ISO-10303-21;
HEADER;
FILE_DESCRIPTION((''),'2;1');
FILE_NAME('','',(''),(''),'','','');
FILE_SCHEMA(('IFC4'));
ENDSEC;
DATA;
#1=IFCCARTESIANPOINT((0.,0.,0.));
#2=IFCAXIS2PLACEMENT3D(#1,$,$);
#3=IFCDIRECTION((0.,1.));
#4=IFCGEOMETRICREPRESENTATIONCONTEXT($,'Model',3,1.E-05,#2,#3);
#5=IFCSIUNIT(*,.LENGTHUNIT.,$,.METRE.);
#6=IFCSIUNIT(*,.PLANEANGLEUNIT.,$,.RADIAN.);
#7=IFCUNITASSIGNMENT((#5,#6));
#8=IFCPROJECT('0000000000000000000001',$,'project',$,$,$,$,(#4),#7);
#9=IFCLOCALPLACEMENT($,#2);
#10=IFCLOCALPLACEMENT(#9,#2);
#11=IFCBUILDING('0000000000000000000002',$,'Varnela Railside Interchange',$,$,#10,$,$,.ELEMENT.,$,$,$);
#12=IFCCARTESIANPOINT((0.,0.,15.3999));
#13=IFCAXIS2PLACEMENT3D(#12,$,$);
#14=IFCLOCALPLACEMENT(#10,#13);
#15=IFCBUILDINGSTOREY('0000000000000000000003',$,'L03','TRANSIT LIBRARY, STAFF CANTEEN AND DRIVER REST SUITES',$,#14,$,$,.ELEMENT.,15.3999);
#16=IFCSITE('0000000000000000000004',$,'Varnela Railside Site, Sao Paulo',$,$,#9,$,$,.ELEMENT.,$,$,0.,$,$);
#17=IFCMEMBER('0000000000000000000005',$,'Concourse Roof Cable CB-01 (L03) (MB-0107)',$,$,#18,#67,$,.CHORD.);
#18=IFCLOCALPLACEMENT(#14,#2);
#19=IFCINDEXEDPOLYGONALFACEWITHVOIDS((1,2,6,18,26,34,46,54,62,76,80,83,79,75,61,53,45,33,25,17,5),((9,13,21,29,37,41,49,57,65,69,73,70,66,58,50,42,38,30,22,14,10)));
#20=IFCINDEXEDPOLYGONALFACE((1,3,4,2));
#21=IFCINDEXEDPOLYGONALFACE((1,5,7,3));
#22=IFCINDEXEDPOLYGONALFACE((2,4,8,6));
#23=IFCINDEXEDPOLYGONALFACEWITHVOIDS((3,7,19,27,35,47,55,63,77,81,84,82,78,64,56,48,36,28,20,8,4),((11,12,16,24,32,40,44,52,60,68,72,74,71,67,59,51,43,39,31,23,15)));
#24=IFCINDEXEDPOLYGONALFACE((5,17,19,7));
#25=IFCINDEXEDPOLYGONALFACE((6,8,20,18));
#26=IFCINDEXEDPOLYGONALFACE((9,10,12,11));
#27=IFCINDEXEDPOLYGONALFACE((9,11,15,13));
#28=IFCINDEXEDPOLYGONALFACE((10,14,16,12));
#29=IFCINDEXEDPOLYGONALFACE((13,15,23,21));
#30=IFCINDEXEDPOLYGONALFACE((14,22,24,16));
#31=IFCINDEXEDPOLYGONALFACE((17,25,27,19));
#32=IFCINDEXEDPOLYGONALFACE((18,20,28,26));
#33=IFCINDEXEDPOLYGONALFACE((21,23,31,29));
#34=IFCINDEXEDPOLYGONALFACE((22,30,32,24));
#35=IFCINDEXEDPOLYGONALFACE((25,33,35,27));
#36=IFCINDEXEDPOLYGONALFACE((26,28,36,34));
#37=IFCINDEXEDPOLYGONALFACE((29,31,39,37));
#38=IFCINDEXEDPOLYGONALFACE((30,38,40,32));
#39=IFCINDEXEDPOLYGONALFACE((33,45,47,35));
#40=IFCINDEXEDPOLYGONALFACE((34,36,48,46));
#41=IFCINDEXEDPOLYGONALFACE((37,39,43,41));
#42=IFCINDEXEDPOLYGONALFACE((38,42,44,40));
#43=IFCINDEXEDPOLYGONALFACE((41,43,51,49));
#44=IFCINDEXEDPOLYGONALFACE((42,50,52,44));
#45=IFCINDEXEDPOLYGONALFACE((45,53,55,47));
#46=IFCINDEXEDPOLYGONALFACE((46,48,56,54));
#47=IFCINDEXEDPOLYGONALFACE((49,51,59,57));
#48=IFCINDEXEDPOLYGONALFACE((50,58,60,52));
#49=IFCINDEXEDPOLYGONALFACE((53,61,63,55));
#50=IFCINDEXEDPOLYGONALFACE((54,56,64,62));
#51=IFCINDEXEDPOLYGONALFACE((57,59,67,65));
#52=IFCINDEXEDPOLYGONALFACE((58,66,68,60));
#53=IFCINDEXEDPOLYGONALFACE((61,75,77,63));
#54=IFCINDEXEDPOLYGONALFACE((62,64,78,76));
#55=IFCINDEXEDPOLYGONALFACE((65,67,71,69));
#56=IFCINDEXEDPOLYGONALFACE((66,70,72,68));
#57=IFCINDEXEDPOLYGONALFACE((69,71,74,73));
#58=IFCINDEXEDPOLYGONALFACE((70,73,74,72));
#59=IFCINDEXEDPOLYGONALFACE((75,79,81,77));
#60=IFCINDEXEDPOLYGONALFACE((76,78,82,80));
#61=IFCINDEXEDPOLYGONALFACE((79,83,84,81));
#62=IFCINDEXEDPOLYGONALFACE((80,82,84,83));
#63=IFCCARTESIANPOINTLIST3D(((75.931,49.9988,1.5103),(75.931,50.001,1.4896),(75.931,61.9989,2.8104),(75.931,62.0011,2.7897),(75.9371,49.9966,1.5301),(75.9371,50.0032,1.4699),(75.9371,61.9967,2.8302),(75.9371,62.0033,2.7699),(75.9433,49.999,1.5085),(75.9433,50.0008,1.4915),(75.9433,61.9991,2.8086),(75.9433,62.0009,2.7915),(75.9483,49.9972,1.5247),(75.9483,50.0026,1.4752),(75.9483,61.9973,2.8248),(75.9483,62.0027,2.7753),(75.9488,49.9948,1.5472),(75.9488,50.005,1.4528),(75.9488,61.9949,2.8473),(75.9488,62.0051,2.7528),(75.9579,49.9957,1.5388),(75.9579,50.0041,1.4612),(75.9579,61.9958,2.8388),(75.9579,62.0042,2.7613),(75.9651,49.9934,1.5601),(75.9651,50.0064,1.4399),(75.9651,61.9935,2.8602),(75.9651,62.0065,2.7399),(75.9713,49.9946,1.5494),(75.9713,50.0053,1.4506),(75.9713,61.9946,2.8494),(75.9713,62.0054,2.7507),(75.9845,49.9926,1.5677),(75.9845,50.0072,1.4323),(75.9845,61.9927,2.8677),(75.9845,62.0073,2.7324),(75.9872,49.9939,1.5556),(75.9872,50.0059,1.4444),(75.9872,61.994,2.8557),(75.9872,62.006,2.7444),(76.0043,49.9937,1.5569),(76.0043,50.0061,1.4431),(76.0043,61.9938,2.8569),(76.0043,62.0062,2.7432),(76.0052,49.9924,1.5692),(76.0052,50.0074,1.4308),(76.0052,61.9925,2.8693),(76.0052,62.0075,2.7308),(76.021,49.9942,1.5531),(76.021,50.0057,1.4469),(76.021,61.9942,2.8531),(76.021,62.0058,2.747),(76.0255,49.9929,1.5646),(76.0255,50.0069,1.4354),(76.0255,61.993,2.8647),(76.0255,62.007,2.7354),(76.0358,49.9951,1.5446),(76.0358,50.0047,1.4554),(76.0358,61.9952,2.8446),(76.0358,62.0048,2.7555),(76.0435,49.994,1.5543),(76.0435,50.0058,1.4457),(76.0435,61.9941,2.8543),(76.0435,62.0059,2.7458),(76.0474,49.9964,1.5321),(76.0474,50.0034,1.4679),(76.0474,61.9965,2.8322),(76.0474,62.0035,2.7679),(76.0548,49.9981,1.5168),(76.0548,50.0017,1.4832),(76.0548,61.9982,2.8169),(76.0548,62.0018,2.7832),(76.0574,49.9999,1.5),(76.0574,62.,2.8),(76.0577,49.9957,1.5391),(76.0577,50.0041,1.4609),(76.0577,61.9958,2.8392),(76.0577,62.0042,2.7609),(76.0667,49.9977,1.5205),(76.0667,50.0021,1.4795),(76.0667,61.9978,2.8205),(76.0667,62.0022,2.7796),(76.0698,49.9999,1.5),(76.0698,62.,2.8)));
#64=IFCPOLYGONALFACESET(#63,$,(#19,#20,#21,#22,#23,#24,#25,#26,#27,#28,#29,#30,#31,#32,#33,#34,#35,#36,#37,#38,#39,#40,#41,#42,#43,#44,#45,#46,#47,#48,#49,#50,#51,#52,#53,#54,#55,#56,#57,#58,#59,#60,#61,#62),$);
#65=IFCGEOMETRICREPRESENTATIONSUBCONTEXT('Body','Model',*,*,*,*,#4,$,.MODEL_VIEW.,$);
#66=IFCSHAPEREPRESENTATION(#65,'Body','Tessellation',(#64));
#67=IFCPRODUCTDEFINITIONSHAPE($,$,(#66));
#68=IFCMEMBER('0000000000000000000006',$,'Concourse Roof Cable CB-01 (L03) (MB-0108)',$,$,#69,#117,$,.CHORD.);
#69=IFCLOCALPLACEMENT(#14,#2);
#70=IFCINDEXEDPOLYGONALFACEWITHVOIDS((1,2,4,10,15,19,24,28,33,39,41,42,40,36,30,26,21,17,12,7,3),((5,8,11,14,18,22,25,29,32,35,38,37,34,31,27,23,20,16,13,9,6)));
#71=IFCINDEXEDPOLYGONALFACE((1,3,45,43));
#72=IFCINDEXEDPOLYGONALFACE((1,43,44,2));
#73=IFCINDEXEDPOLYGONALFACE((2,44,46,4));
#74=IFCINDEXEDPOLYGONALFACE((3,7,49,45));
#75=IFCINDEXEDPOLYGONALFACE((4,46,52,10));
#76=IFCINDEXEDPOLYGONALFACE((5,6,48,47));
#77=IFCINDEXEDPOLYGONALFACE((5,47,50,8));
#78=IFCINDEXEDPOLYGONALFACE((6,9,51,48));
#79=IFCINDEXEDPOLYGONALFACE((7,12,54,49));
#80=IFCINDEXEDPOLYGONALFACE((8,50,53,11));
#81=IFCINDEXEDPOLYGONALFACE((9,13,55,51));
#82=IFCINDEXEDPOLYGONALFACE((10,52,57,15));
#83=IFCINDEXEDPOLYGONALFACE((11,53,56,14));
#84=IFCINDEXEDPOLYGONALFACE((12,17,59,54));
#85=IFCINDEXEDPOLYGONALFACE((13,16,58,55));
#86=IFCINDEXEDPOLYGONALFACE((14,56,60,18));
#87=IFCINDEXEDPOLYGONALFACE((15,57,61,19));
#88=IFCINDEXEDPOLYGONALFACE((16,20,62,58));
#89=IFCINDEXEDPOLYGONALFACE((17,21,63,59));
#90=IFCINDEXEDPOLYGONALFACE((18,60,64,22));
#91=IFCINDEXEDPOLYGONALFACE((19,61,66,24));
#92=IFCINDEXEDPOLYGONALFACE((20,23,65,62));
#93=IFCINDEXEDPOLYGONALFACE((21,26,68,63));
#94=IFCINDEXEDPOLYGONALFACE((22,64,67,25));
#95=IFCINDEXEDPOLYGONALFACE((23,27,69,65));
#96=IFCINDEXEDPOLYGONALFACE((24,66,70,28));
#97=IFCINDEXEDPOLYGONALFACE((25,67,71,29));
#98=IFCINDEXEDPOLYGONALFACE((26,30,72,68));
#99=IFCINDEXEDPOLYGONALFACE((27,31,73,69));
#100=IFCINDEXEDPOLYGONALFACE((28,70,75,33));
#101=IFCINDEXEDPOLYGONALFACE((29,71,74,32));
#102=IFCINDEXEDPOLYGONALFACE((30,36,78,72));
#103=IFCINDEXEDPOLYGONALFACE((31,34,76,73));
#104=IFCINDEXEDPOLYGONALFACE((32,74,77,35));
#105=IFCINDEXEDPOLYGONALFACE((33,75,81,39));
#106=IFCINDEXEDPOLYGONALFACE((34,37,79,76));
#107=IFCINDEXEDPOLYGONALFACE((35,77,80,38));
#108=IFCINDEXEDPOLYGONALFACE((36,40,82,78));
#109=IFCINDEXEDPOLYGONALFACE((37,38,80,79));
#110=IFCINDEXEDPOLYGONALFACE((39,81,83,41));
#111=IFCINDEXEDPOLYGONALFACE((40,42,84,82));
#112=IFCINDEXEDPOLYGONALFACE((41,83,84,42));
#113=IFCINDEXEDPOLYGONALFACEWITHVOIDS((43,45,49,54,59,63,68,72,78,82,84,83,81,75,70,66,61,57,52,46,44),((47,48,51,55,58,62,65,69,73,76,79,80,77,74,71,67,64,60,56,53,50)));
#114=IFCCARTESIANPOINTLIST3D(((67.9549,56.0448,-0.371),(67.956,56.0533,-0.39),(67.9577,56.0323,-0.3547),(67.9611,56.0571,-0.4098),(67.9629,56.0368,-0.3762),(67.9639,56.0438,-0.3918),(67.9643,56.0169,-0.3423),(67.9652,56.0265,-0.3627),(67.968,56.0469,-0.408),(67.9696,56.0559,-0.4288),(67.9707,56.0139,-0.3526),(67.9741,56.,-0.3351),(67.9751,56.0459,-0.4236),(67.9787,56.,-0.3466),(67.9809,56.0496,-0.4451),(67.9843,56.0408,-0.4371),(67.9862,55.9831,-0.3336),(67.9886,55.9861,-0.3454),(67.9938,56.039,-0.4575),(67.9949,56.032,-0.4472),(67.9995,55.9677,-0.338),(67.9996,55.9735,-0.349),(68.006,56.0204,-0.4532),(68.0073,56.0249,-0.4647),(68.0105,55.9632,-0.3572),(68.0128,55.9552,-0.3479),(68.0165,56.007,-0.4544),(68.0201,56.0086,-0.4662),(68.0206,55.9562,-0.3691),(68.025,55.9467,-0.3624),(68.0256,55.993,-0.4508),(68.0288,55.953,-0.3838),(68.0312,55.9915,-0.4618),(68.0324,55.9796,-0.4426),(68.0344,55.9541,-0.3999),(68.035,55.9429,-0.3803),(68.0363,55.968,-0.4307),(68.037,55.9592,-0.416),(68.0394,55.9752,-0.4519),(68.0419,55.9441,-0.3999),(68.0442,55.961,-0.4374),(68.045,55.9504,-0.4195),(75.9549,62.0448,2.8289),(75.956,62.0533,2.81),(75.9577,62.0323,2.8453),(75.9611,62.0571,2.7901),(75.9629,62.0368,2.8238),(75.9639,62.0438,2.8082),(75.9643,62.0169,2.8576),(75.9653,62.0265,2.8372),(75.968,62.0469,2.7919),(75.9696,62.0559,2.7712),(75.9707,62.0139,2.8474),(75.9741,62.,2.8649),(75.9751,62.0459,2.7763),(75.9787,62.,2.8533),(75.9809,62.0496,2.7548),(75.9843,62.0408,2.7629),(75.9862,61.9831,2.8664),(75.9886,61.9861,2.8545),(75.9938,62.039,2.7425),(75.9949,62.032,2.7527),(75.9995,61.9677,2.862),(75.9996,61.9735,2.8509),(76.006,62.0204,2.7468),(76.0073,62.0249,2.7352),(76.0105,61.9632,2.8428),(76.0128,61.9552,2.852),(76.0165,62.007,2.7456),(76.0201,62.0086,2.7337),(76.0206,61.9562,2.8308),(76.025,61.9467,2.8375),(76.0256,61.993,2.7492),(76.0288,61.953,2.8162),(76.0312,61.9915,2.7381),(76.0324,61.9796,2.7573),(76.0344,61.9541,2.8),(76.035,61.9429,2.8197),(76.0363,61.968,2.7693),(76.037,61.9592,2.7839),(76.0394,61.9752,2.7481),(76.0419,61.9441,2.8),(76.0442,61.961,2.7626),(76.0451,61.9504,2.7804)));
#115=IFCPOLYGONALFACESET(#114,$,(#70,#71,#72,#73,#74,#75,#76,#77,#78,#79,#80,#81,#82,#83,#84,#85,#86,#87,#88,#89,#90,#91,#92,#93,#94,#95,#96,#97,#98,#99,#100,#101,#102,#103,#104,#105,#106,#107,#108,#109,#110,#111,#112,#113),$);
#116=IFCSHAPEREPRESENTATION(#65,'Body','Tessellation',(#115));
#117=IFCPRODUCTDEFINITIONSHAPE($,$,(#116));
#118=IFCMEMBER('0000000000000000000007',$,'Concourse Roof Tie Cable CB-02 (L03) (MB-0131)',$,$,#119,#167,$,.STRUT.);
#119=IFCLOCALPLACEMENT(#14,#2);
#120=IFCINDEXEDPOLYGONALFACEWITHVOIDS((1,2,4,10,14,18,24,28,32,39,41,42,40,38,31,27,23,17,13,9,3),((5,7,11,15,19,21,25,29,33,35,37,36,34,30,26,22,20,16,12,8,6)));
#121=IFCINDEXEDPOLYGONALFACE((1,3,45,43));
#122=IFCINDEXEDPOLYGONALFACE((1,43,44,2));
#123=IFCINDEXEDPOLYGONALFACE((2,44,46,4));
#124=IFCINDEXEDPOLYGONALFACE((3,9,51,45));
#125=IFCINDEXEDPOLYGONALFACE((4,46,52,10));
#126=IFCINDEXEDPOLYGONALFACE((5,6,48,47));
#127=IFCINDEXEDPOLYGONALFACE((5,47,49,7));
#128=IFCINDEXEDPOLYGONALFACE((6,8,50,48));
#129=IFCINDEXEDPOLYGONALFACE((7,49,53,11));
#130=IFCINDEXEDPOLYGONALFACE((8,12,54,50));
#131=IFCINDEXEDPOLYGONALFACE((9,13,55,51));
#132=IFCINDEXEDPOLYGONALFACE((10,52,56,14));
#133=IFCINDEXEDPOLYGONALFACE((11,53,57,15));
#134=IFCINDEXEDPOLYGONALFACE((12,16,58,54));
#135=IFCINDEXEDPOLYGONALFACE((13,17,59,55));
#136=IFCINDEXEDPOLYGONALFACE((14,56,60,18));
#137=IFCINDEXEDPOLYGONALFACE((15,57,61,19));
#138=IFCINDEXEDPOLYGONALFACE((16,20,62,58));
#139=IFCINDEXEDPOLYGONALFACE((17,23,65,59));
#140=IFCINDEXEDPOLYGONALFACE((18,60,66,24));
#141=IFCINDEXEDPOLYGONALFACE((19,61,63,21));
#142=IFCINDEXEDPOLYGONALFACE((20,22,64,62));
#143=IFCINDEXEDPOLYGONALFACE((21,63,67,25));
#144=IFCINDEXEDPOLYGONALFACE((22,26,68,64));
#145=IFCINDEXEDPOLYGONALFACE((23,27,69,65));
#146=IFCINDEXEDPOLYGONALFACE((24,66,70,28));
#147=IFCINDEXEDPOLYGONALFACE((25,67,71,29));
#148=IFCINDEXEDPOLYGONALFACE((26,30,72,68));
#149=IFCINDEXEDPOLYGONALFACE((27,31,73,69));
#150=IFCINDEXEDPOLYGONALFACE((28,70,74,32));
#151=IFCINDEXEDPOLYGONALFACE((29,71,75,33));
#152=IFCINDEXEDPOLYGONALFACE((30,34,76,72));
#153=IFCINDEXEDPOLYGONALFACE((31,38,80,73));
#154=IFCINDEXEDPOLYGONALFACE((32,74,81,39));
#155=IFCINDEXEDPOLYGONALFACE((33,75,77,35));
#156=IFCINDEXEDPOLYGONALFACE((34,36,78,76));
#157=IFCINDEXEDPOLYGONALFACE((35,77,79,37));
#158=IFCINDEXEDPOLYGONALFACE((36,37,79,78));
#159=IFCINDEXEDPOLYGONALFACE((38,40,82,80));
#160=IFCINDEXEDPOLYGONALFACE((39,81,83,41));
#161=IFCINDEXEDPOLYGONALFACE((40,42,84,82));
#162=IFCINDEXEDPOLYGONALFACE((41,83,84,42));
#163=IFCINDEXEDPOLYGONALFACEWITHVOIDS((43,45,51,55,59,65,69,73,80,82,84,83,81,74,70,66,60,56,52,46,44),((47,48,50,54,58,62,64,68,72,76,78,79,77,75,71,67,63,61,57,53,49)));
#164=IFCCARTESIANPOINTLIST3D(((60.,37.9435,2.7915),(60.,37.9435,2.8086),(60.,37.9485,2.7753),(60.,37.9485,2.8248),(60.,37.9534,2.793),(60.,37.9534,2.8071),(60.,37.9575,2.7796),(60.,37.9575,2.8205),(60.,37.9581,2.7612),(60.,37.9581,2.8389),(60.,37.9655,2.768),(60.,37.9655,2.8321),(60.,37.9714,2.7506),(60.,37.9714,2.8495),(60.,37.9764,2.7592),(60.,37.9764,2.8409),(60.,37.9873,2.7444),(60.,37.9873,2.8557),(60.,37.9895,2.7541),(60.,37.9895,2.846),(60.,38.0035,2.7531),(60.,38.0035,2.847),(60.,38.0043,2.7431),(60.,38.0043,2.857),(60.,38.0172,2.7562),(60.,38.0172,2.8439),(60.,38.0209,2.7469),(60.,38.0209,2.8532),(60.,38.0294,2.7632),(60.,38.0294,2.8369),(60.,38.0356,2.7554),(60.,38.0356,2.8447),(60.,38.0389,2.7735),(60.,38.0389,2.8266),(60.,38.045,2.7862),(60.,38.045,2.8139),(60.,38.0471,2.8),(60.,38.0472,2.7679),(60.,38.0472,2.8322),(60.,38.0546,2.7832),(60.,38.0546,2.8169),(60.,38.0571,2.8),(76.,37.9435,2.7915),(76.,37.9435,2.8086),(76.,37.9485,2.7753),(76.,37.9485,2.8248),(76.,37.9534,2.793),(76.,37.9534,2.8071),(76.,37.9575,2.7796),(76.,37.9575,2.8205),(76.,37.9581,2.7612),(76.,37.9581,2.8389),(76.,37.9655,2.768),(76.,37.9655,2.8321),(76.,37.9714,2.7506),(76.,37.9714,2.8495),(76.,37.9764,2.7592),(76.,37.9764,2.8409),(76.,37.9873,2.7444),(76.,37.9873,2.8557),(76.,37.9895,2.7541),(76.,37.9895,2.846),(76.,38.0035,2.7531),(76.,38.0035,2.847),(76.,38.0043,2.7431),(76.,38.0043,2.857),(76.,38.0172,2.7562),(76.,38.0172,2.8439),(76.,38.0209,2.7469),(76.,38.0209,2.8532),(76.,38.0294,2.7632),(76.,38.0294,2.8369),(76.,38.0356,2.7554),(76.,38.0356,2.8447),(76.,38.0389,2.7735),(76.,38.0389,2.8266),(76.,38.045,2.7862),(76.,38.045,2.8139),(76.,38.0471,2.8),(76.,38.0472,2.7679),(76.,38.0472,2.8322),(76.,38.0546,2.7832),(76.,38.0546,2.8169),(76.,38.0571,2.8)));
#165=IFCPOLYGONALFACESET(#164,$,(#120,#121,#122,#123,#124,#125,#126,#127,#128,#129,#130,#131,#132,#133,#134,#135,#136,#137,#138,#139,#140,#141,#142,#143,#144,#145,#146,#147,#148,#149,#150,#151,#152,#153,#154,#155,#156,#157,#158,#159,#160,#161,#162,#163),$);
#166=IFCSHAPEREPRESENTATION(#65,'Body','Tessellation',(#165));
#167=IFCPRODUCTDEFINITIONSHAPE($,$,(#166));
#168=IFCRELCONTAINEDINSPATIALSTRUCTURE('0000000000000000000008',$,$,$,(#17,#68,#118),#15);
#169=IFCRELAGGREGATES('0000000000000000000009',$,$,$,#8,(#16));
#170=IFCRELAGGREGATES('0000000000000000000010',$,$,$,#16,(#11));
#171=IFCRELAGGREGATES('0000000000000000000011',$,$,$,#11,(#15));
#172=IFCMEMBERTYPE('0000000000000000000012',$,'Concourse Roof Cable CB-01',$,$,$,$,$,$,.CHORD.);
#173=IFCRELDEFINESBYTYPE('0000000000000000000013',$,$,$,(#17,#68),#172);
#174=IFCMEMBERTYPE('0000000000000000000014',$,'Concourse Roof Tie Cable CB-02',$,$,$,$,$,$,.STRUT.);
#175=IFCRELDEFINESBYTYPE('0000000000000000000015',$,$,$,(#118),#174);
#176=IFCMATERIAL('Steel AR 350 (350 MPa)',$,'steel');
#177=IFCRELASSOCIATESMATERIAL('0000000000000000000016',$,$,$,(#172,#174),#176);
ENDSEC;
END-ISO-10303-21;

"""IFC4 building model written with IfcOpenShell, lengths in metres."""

from ifc_helpers import new_model, si_unit, direction, frame, origin, origin_2d, place, context, subcontext, project, spatial, hollow_circle, extrude, material, material_profile, profile_set, type_object, element, save


model = new_model("IFC4")

# Units and contexts
model_context = context("Model", 3, precision=1e-05, world=origin(), true_north=direction((0.0, 1.0)))
body_context = subcontext(model_context, "Body", "Model", "MODEL_VIEW")
ifc_project = project(units=[si_unit("LENGTHUNIT", "METRE"), si_unit("PLANEANGLEUNIT", "RADIAN")], contexts=[model_context])

# Site, building, storey
site_placement = place(None, origin())
site = spatial("IfcSite", under=ifc_project, at=site_placement, Name="Varnela Railside Site, Sao Paulo", CompositionType="ELEMENT", RefElevation=0.0)
building_placement = place(site_placement, origin())
building = spatial("IfcBuilding", under=site, at=building_placement, Name="Varnela Railside Interchange", CompositionType="ELEMENT")
storey_placement = place(building_placement, frame((0.0, 0.0, 15.3999)))
storey = spatial("IfcBuildingStorey", under=building, at=storey_placement, Name="L03", Description="TRANSIT LIBRARY, STAFF CANTEEN AND DRIVER REST SUITES", CompositionType="ELEMENT", Elevation=15.3999)

# Members
ifc_material_1 = material(Name="Steel AR 350 (350 MPa)", Category="steel")
ifc_material_profile_1 = material_profile(ifc_material_1, hollow_circle(Radius=0.0698, WallThickness=0.0125, at=origin_2d()), Name="CHS 139.7x12.5")
ifc_profile_set_1 = profile_set([ifc_material_profile_1], Name="Steel AR 350 (350 MPa)")
member_type_1 = type_object("IfcMemberType", Name="Concourse Roof Cable CB-01", PredefinedType="CHORD", material=ifc_profile_set_1)
member_1_placement = place(storey_placement, frame((76.0, 62.0, 2.8), z_axis=(0.0, -0.994183, -0.107707), x_axis=(1.0, 0.0, 0.0)))
element("IfcMember", 1, at=member_1_placement, inside=storey, type_object=member_type_1, Name="Concourse Roof Cable CB-01 (L03) (MB-0107)", PredefinedType="CHORD", context=body_context, shape_type="SweptSolid", body=[
    extrude(hollow_circle(Radius=0.0698, WallThickness=0.0125, at=origin_2d()), origin(), (0.0, 0.0, 1.0), 12.0703),
])
member_2_placement = place(storey_placement, frame((76.0, 62.0, 2.8), z_axis=(-0.76194, -0.571455, -0.304772), x_axis=(0.6, -0.8, 0.0)))
element("IfcMember", 2, at=member_2_placement, inside=storey, type_object=member_type_1, Name="Concourse Roof Cable CB-01 (L03) (MB-0108)", PredefinedType="CHORD", context=body_context, shape_type="SweptSolid", body=[
    extrude(hollow_circle(Radius=0.0698, WallThickness=0.0125, at=origin_2d()), origin(), (0.0, 0.0, 1.0), 10.4995),
])
ifc_material_profile_2 = material_profile(ifc_material_1, hollow_circle(Radius=0.0571, WallThickness=0.01, at=origin_2d()), Name="CHS 114.3x10")
ifc_profile_set_2 = profile_set([ifc_material_profile_2], Name="Steel AR 350 (350 MPa)")
member_type_2 = type_object("IfcMemberType", Name="Concourse Roof Tie Cable CB-02", PredefinedType="STRUT", material=ifc_profile_set_2)
for number, where, z_axis, x_axis, name in (
    (3, (60.0, 38.0, 2.8), (1.0, 0.0, 0.0), (0.0, 1.0, 0.0), "Concourse Roof Tie Cable CB-02 (L03) (MB-0131)"),
):
    element("IfcMember", number, at=place(storey_placement, frame(where, z_axis=z_axis, x_axis=x_axis)), inside=storey, type_object=member_type_2, Name=name, PredefinedType="STRUT", context=body_context, shape_type="SweptSolid", body=[
        extrude(hollow_circle(Radius=0.0571, WallThickness=0.01, at=origin_2d()), origin(), (0.0, 0.0, 1.0), 16.0),
    ])

save(model, "model.ifc")
